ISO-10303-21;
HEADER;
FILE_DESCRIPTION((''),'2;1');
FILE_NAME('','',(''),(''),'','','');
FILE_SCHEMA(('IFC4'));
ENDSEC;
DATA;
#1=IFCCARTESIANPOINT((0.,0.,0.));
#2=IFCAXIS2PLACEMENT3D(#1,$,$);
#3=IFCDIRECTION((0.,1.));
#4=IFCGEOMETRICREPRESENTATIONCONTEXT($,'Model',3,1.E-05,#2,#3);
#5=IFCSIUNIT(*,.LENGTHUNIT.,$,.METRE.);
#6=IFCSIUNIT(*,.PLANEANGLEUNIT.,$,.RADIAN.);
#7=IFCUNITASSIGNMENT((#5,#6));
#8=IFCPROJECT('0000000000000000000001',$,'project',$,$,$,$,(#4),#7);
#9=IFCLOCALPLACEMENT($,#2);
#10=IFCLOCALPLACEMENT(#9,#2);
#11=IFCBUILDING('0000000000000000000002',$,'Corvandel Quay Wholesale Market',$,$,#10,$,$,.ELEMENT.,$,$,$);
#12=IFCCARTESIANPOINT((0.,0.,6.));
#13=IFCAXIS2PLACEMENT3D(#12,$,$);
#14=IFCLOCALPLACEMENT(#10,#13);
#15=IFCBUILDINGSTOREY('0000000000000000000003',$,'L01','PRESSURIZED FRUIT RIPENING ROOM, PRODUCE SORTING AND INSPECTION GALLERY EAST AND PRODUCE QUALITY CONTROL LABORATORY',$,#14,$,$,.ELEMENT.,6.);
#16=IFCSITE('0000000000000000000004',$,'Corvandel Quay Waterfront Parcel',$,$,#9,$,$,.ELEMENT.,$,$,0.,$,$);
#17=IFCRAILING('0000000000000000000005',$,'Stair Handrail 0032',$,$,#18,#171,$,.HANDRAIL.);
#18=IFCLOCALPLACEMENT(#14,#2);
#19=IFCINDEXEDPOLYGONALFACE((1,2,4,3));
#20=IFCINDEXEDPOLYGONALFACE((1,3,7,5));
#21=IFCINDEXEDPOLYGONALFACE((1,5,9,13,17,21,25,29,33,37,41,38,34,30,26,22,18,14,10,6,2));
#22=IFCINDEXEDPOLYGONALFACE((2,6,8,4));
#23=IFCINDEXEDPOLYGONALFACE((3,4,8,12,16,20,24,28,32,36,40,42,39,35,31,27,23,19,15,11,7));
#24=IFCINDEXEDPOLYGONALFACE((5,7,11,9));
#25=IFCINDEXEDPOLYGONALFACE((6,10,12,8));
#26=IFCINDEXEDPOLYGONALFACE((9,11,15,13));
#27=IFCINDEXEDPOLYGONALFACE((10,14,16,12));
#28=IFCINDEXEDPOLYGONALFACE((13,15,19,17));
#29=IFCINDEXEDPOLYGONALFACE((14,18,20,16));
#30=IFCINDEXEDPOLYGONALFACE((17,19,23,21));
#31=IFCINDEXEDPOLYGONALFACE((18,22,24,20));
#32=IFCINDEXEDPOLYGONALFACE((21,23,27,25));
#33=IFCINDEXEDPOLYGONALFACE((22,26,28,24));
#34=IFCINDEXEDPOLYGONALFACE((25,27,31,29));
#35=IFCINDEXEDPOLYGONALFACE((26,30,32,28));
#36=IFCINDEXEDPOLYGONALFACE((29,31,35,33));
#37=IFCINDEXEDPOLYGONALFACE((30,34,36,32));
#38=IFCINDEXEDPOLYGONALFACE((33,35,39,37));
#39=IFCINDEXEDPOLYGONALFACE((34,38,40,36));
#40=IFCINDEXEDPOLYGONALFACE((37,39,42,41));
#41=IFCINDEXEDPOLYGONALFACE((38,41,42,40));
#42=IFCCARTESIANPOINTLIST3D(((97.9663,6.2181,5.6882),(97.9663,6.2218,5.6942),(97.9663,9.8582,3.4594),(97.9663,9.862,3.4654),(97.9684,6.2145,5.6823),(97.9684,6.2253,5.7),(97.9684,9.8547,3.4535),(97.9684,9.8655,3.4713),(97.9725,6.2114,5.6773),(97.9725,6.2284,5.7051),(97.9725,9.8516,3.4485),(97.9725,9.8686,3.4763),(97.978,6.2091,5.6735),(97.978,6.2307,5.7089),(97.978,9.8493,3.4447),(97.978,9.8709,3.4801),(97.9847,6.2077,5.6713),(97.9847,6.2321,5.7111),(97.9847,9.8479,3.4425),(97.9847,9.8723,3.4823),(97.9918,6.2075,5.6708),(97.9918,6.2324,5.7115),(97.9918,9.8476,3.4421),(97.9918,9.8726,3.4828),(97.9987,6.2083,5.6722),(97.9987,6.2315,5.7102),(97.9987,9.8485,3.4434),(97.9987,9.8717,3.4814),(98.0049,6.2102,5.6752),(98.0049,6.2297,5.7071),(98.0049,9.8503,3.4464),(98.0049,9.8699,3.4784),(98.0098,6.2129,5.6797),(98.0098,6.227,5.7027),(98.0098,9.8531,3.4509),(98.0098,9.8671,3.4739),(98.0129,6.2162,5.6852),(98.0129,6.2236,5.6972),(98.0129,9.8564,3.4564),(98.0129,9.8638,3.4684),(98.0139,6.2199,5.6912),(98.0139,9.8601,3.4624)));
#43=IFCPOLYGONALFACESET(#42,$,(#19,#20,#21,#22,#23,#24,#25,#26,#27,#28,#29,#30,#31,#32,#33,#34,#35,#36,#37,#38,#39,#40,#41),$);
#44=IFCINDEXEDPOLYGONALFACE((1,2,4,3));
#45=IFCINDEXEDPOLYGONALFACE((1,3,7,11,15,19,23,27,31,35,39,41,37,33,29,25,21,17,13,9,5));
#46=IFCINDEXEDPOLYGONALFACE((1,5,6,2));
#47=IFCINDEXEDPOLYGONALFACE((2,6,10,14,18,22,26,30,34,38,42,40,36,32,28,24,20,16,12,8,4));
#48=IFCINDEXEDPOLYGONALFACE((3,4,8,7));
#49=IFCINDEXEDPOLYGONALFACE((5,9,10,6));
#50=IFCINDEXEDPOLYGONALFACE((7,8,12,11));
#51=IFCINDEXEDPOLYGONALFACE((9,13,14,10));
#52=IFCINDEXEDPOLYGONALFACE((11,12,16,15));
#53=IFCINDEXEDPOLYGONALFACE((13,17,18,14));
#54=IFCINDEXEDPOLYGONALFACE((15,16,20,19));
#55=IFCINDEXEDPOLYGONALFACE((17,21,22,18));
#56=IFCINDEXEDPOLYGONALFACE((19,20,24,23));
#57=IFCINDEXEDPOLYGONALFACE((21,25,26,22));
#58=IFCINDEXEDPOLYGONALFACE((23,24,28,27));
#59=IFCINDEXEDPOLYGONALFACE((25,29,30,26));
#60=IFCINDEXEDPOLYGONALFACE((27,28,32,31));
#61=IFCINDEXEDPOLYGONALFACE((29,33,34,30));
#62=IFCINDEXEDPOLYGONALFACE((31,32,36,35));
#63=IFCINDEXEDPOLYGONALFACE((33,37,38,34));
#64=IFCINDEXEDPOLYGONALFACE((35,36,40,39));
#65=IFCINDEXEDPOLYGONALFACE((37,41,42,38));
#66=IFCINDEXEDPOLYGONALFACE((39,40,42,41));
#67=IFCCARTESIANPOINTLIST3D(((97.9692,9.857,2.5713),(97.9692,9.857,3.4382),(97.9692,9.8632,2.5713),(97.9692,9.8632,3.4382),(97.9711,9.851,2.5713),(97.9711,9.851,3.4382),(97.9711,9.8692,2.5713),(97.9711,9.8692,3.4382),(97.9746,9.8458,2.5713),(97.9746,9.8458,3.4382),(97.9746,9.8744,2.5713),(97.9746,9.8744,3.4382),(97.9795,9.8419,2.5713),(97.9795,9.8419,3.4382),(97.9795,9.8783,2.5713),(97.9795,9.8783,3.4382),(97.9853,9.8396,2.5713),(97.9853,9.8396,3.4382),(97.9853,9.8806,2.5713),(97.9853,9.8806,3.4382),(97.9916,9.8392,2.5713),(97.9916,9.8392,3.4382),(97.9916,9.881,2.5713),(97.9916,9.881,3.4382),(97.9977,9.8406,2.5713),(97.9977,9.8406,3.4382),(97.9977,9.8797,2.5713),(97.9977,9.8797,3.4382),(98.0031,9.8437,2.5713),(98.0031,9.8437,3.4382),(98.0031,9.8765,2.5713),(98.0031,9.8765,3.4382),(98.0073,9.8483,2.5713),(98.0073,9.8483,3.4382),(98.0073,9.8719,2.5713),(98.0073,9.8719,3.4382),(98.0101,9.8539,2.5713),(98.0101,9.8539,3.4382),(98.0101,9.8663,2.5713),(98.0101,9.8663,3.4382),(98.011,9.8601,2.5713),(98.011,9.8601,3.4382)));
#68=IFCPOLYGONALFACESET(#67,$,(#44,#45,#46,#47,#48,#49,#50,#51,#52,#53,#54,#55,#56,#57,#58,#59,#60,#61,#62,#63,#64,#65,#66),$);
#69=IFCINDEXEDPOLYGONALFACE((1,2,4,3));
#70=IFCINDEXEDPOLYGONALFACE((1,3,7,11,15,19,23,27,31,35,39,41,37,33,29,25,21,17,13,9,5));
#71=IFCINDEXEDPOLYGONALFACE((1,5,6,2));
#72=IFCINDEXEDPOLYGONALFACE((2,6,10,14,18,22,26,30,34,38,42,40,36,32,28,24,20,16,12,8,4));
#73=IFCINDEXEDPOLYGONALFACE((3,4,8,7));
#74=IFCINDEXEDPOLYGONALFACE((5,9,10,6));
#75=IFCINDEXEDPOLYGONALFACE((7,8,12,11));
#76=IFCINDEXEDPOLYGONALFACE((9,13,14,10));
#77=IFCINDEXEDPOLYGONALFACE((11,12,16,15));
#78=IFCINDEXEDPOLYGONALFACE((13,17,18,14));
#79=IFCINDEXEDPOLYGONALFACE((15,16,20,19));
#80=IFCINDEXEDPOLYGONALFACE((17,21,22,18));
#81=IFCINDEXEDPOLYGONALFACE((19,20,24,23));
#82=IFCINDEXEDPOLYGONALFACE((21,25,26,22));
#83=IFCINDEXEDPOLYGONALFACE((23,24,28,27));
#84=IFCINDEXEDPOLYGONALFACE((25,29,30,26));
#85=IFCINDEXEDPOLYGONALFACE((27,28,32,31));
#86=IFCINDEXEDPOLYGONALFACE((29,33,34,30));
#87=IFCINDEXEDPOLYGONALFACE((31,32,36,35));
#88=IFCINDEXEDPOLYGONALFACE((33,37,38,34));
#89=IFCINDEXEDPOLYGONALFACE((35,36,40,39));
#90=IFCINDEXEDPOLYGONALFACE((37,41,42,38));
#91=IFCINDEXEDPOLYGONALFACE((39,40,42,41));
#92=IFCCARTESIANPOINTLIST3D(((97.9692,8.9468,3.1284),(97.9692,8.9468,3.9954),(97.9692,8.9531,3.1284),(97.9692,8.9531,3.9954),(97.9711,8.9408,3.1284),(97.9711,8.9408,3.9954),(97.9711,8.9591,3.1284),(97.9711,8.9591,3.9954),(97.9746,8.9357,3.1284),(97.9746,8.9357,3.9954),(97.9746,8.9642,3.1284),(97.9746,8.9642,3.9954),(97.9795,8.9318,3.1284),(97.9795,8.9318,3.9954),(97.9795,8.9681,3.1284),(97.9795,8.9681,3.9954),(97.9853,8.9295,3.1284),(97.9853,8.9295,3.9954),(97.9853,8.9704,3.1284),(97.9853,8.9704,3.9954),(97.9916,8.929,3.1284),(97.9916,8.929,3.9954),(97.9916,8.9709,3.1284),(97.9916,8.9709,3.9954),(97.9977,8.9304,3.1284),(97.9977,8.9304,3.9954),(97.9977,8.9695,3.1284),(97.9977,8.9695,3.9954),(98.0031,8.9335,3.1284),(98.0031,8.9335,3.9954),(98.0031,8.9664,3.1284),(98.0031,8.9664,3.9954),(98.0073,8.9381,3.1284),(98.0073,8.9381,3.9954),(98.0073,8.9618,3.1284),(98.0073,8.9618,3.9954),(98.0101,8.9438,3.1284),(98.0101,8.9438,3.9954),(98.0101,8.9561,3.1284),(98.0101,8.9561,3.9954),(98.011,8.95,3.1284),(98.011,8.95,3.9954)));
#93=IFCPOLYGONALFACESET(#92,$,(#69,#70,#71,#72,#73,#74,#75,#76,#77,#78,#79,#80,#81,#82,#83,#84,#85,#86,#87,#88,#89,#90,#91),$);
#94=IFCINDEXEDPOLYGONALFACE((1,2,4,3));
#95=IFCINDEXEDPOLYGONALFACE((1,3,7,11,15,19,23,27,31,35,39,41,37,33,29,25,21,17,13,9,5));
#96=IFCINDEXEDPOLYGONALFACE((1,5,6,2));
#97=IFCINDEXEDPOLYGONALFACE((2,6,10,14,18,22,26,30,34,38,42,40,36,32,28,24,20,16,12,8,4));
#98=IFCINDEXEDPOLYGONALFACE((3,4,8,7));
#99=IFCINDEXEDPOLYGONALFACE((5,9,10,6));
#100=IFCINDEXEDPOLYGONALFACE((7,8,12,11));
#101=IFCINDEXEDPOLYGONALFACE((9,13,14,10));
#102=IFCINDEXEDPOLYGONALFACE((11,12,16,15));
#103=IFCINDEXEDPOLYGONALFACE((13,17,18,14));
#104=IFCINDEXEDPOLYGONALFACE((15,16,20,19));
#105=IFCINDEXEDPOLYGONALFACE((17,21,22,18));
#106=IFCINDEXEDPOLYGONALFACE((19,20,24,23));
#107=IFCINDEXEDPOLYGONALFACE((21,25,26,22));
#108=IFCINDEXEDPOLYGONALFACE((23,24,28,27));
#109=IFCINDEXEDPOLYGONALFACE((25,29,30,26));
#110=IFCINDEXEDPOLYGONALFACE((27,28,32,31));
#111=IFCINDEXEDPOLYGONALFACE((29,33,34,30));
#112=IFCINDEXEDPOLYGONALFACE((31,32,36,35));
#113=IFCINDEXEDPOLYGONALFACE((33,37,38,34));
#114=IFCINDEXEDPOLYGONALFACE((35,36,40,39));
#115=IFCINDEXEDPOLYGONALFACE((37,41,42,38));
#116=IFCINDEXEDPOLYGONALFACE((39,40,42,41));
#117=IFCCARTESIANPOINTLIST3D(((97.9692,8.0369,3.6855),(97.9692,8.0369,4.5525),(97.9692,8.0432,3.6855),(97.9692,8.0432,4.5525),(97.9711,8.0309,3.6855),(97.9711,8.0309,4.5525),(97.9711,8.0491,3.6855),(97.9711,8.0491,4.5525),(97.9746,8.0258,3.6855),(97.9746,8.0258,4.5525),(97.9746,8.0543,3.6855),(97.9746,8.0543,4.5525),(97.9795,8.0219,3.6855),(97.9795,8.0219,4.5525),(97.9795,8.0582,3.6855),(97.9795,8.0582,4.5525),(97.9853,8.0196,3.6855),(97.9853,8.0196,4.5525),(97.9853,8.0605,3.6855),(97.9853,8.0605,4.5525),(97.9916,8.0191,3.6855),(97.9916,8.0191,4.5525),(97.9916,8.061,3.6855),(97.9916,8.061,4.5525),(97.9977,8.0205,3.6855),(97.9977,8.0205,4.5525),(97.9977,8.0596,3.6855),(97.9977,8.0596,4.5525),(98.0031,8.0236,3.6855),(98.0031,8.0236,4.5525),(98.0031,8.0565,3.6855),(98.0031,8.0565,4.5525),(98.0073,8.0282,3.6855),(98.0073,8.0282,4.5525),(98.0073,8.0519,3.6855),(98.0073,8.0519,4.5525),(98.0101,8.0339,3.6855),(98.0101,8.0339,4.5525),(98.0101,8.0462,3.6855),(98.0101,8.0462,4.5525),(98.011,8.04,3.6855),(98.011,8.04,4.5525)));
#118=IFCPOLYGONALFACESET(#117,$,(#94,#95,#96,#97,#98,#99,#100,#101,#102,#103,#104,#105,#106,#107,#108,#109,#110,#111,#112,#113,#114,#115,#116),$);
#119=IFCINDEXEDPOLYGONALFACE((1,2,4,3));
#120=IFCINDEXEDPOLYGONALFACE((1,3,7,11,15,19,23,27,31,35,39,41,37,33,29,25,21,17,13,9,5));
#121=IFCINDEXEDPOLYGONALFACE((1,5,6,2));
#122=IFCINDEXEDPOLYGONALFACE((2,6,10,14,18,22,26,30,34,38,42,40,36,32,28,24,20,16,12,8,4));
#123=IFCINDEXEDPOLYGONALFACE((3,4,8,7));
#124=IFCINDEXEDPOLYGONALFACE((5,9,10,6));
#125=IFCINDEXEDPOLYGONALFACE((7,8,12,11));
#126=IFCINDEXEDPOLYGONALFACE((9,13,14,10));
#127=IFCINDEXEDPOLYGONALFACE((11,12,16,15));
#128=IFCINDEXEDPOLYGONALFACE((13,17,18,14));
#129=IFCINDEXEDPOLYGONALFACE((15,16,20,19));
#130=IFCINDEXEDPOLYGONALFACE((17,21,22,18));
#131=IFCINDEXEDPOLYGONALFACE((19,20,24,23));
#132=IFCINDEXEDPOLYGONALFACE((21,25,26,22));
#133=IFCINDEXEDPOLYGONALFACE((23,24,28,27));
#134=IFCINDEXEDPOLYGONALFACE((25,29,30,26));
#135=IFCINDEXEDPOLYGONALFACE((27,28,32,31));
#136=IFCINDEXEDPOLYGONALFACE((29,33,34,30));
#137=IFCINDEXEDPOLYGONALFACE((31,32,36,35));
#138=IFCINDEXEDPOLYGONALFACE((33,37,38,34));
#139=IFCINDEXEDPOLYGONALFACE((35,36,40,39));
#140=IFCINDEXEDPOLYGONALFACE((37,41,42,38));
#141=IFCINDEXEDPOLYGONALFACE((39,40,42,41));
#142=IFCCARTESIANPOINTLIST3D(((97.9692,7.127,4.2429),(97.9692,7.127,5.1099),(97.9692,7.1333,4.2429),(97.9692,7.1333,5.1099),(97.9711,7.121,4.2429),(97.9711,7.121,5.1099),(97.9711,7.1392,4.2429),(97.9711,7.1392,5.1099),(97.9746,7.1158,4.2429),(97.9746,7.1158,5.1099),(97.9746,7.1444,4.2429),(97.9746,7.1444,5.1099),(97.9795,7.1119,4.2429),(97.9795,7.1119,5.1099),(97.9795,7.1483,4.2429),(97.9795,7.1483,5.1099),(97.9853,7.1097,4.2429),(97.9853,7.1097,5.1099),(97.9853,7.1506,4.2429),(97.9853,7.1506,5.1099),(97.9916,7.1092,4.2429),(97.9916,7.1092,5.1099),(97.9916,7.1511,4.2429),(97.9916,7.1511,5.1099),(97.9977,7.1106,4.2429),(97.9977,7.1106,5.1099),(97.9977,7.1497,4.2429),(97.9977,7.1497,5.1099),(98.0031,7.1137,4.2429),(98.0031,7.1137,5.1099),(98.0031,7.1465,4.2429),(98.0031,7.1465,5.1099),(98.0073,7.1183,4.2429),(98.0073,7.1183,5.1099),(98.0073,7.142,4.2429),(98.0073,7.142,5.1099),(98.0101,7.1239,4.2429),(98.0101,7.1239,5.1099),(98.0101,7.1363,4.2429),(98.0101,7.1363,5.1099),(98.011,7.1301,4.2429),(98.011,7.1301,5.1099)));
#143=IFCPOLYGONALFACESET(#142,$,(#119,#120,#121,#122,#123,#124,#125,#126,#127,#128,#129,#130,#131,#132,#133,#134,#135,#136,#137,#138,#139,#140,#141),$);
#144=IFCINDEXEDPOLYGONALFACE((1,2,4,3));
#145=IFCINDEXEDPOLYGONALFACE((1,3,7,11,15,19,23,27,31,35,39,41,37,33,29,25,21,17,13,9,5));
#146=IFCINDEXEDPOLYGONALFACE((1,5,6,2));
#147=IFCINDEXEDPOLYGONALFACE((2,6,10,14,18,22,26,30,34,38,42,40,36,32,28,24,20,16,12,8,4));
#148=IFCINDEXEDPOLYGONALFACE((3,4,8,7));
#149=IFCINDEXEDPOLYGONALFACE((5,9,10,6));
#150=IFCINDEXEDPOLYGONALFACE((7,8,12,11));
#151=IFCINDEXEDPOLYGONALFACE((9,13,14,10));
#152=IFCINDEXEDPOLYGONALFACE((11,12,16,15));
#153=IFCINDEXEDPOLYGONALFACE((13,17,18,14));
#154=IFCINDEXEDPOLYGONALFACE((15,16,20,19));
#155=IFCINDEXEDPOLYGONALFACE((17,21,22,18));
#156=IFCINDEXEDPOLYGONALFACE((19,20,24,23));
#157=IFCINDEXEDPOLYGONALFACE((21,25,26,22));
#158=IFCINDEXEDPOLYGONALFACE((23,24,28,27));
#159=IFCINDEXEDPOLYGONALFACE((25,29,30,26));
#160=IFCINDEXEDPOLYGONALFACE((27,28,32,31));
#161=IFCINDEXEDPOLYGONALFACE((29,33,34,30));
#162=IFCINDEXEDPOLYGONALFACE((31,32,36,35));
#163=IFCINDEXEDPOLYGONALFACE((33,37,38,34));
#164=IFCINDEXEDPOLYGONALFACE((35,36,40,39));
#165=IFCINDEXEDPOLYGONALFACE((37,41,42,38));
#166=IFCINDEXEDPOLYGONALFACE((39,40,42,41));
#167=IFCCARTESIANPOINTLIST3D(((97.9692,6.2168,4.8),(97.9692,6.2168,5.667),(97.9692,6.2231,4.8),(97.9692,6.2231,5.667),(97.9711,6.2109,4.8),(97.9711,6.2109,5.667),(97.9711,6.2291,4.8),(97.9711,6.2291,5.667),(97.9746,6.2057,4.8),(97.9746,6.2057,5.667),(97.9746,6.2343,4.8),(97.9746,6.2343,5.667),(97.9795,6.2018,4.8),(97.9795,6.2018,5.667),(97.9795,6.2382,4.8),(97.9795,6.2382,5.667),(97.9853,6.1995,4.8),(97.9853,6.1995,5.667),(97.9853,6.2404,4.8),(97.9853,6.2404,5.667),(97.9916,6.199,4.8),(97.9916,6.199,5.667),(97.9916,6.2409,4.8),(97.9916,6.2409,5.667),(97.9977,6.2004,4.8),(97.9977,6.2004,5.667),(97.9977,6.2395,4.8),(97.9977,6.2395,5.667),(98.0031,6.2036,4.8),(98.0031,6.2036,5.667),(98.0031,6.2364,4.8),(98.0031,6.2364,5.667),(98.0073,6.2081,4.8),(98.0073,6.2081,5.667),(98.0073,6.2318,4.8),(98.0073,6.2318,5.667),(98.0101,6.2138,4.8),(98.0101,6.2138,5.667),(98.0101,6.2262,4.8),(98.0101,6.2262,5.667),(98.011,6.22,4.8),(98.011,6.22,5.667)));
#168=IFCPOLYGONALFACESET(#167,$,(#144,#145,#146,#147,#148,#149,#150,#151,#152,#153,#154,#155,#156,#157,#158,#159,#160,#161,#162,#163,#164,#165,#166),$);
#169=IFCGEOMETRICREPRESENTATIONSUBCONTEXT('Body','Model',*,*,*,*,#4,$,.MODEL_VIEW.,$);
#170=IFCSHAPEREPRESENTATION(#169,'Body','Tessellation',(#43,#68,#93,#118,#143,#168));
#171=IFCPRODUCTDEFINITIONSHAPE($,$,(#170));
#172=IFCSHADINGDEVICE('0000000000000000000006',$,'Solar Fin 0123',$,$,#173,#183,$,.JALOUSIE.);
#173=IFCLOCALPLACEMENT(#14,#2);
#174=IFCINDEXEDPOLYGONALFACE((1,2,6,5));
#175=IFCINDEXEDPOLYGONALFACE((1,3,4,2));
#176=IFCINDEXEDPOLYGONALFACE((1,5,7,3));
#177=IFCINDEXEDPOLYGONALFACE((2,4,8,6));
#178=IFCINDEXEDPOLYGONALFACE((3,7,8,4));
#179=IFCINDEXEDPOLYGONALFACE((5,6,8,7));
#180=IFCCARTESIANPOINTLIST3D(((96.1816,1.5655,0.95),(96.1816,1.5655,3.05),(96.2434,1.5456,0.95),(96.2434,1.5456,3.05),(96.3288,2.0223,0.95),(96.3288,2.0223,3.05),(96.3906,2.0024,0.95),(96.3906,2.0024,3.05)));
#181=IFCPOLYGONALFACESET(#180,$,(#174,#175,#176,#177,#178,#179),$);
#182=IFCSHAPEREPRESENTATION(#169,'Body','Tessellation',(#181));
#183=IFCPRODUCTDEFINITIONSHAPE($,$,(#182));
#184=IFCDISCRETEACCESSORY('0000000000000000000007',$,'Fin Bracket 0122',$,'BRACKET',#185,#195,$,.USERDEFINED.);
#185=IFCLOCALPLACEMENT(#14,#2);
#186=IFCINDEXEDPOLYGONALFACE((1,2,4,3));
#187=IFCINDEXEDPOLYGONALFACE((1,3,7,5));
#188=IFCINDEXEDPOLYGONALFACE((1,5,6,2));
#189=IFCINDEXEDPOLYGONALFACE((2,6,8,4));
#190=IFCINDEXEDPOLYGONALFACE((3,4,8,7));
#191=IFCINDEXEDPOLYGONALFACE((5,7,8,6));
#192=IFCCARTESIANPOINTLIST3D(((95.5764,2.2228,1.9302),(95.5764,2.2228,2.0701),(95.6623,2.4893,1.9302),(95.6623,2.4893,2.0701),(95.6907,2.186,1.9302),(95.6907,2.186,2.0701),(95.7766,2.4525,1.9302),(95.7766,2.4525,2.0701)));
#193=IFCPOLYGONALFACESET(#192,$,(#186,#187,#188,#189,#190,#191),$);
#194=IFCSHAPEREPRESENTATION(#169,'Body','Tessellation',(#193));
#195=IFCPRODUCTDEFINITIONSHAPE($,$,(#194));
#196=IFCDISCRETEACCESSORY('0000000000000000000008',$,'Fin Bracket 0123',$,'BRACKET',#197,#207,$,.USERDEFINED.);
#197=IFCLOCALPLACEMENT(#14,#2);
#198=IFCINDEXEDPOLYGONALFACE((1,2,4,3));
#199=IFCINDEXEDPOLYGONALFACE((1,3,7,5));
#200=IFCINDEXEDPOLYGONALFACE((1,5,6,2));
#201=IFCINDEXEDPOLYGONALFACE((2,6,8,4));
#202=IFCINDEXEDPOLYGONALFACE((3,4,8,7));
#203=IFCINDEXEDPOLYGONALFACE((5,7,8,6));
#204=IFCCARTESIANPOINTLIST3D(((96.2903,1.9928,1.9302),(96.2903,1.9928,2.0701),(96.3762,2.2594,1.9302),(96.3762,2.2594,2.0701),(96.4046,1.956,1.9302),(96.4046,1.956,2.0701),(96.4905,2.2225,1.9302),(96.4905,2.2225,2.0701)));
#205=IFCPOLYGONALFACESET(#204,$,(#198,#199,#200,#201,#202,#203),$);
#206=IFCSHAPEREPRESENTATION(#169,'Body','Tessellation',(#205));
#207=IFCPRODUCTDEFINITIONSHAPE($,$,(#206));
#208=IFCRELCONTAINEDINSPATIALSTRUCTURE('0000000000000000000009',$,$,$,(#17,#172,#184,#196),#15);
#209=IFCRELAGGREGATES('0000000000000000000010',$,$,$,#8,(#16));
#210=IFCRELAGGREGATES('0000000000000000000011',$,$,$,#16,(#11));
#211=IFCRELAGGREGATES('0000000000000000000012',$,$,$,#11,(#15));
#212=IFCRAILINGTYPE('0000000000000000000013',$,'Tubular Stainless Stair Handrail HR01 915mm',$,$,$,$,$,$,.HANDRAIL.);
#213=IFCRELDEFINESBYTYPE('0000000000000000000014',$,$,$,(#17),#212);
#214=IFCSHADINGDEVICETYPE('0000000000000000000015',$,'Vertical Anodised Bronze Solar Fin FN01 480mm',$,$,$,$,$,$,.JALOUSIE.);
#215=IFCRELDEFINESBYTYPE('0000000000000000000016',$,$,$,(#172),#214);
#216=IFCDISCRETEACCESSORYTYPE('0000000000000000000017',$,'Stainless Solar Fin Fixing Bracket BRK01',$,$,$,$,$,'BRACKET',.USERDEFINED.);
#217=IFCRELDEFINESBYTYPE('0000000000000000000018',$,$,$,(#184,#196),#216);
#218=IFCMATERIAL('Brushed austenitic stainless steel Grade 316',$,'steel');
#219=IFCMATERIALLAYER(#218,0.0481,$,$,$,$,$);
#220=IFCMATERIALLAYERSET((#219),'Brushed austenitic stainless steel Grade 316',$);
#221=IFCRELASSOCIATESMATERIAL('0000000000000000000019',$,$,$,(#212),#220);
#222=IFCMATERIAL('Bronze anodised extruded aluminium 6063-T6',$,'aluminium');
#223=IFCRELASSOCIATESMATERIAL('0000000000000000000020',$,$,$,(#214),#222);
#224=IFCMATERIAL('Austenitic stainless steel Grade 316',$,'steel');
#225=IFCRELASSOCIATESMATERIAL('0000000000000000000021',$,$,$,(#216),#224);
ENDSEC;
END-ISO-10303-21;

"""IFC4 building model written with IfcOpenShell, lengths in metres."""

from ifc_helpers import new_model, si_unit, direction, frame, origin, origin_2d, place, context, subcontext, project, spatial, rectangle, circle, extrude, material, layer, layer_set, type_object, element, save


model = new_model("IFC4")

# Units and contexts
model_context = context("Model", 3, precision=1e-05, world=origin(), true_north=direction((0.0, 1.0)))
body_context = subcontext(model_context, "Body", "Model", "MODEL_VIEW")
ifc_project = project(units=[si_unit("LENGTHUNIT", "METRE"), si_unit("PLANEANGLEUNIT", "RADIAN")], contexts=[model_context])

# Site, building, storey
site_placement = place(None, origin())
site = spatial("IfcSite", under=ifc_project, at=site_placement, Name="Corvandel Quay Waterfront Parcel", CompositionType="ELEMENT", RefElevation=0.0)
building_placement = place(site_placement, origin())
building = spatial("IfcBuilding", under=site, at=building_placement, Name="Corvandel Quay Wholesale Market", CompositionType="ELEMENT")
storey_placement = place(building_placement, frame((0.0, 0.0, 6.0)))
storey = spatial("IfcBuildingStorey", under=building, at=storey_placement, Name="L01", Description="PRESSURIZED FRUIT RIPENING ROOM, PRODUCE SORTING AND INSPECTION GALLERY EAST AND PRODUCE QUALITY CONTROL LABORATORY", CompositionType="ELEMENT", Elevation=6.0)

# Railing
ifc_material_1 = material(Name="Brushed austenitic stainless steel Grade 316", Category="steel")
ifc_layer_1 = layer(ifc_material_1, 0.0481)
ifc_layer_set_1 = layer_set([ifc_layer_1], Name="Brushed austenitic stainless steel Grade 316")
railing_type_1 = type_object("IfcRailingType", Name="Tubular Stainless Stair Handrail HR01 915mm", PredefinedType="HANDRAIL", material=ifc_layer_set_1)
for number, where, name in (
    (1, (97.99, 9.8601, 2.5713), "Stair Handrail 0032"),
):
    element("IfcRailing", number, at=place(storey_placement, frame(where)), inside=storey, type_object=railing_type_1, Name=name, PredefinedType="HANDRAIL", context=body_context, shape_type="SweptSolid", body=[
        extrude(circle(Radius=0.0239, at=origin_2d()), frame((0.0, 0.0, 0.8911), z_axis=(0.0, -0.85284, 0.522172), x_axis=(1.0, 0.0, 0.0)), (0.0, 0.0, 1.0), 4.2683),
        extrude(circle(Radius=0.021, at=origin_2d()), origin(), (0.0, 0.0, 1.0), 0.8669),
        extrude(circle(Radius=0.021, at=origin_2d()), frame((0.0, -0.9102, 0.5571)), (0.0, 0.0, 1.0), 0.8669),
        extrude(circle(Radius=0.021, at=origin_2d()), frame((0.0, -1.8201, 1.1143)), (0.0, 0.0, 1.0), 0.8669),
        extrude(circle(Radius=0.021, at=origin_2d()), frame((0.0, -2.73, 1.6716)), (0.0, 0.0, 1.0), 0.8669),
        extrude(circle(Radius=0.021, at=origin_2d()), frame((0.0, -3.6401, 2.2288)), (0.0, 0.0, 1.0), 0.8669),
    ])

# Shading device
ifc_material_2 = material(Name="Bronze anodised extruded aluminium 6063-T6", Category="aluminium")
shading_device_type = type_object("IfcShadingDeviceType", Name="Vertical Anodised Bronze Solar Fin FN01 480mm", PredefinedType="JALOUSIE", material=ifc_material_2)
shading_device_placement = place(storey_placement, frame((96.2861, 1.7839, 0.95), z_axis=(0.0, 0.0, 1.0), x_axis=(0.306692, 0.951809, 0.0)))
element("IfcShadingDevice", 2, at=shading_device_placement, inside=storey, type_object=shading_device_type, Name="Solar Fin 0123", PredefinedType="JALOUSIE", context=body_context, shape_type="SweptSolid", body=[
    extrude(rectangle(XDim=0.48, YDim=0.0649, at=origin_2d()), origin(), (0.0, 0.0, 1.0), 2.1001),
])

# Discrete accessories
ifc_material_3 = material(Name="Austenitic stainless steel Grade 316", Category="steel")
discrete_accessory_type = type_object("IfcDiscreteAccessoryType", Name="Stainless Solar Fin Fixing Bracket BRK01", ElementType="BRACKET", PredefinedType="USERDEFINED", material=ifc_material_3)
for number, where, z_axis, x_axis, name in (
    (3, (95.6765, 2.3376, 1.9302), (0.0, 0.0, 1.0), (0.306692, 0.951809, 0.0), "Fin Bracket 0122"),
    (4, (96.3904, 2.1077, 1.9302), (0.0, 0.0, 1.0), (0.306692, 0.951809, 0.0), "Fin Bracket 0123"),
):
    element("IfcDiscreteAccessory", number, at=place(storey_placement, frame(where, z_axis=z_axis, x_axis=x_axis)), inside=storey, type_object=discrete_accessory_type, Name=name, ObjectType="BRACKET", PredefinedType="USERDEFINED", context=body_context, shape_type="SweptSolid", body=[
        extrude(rectangle(XDim=0.28, YDim=0.1201, at=origin_2d()), origin(), (0.0, 0.0, 1.0), 0.1399),
    ])

save(model, "model.ifc")
